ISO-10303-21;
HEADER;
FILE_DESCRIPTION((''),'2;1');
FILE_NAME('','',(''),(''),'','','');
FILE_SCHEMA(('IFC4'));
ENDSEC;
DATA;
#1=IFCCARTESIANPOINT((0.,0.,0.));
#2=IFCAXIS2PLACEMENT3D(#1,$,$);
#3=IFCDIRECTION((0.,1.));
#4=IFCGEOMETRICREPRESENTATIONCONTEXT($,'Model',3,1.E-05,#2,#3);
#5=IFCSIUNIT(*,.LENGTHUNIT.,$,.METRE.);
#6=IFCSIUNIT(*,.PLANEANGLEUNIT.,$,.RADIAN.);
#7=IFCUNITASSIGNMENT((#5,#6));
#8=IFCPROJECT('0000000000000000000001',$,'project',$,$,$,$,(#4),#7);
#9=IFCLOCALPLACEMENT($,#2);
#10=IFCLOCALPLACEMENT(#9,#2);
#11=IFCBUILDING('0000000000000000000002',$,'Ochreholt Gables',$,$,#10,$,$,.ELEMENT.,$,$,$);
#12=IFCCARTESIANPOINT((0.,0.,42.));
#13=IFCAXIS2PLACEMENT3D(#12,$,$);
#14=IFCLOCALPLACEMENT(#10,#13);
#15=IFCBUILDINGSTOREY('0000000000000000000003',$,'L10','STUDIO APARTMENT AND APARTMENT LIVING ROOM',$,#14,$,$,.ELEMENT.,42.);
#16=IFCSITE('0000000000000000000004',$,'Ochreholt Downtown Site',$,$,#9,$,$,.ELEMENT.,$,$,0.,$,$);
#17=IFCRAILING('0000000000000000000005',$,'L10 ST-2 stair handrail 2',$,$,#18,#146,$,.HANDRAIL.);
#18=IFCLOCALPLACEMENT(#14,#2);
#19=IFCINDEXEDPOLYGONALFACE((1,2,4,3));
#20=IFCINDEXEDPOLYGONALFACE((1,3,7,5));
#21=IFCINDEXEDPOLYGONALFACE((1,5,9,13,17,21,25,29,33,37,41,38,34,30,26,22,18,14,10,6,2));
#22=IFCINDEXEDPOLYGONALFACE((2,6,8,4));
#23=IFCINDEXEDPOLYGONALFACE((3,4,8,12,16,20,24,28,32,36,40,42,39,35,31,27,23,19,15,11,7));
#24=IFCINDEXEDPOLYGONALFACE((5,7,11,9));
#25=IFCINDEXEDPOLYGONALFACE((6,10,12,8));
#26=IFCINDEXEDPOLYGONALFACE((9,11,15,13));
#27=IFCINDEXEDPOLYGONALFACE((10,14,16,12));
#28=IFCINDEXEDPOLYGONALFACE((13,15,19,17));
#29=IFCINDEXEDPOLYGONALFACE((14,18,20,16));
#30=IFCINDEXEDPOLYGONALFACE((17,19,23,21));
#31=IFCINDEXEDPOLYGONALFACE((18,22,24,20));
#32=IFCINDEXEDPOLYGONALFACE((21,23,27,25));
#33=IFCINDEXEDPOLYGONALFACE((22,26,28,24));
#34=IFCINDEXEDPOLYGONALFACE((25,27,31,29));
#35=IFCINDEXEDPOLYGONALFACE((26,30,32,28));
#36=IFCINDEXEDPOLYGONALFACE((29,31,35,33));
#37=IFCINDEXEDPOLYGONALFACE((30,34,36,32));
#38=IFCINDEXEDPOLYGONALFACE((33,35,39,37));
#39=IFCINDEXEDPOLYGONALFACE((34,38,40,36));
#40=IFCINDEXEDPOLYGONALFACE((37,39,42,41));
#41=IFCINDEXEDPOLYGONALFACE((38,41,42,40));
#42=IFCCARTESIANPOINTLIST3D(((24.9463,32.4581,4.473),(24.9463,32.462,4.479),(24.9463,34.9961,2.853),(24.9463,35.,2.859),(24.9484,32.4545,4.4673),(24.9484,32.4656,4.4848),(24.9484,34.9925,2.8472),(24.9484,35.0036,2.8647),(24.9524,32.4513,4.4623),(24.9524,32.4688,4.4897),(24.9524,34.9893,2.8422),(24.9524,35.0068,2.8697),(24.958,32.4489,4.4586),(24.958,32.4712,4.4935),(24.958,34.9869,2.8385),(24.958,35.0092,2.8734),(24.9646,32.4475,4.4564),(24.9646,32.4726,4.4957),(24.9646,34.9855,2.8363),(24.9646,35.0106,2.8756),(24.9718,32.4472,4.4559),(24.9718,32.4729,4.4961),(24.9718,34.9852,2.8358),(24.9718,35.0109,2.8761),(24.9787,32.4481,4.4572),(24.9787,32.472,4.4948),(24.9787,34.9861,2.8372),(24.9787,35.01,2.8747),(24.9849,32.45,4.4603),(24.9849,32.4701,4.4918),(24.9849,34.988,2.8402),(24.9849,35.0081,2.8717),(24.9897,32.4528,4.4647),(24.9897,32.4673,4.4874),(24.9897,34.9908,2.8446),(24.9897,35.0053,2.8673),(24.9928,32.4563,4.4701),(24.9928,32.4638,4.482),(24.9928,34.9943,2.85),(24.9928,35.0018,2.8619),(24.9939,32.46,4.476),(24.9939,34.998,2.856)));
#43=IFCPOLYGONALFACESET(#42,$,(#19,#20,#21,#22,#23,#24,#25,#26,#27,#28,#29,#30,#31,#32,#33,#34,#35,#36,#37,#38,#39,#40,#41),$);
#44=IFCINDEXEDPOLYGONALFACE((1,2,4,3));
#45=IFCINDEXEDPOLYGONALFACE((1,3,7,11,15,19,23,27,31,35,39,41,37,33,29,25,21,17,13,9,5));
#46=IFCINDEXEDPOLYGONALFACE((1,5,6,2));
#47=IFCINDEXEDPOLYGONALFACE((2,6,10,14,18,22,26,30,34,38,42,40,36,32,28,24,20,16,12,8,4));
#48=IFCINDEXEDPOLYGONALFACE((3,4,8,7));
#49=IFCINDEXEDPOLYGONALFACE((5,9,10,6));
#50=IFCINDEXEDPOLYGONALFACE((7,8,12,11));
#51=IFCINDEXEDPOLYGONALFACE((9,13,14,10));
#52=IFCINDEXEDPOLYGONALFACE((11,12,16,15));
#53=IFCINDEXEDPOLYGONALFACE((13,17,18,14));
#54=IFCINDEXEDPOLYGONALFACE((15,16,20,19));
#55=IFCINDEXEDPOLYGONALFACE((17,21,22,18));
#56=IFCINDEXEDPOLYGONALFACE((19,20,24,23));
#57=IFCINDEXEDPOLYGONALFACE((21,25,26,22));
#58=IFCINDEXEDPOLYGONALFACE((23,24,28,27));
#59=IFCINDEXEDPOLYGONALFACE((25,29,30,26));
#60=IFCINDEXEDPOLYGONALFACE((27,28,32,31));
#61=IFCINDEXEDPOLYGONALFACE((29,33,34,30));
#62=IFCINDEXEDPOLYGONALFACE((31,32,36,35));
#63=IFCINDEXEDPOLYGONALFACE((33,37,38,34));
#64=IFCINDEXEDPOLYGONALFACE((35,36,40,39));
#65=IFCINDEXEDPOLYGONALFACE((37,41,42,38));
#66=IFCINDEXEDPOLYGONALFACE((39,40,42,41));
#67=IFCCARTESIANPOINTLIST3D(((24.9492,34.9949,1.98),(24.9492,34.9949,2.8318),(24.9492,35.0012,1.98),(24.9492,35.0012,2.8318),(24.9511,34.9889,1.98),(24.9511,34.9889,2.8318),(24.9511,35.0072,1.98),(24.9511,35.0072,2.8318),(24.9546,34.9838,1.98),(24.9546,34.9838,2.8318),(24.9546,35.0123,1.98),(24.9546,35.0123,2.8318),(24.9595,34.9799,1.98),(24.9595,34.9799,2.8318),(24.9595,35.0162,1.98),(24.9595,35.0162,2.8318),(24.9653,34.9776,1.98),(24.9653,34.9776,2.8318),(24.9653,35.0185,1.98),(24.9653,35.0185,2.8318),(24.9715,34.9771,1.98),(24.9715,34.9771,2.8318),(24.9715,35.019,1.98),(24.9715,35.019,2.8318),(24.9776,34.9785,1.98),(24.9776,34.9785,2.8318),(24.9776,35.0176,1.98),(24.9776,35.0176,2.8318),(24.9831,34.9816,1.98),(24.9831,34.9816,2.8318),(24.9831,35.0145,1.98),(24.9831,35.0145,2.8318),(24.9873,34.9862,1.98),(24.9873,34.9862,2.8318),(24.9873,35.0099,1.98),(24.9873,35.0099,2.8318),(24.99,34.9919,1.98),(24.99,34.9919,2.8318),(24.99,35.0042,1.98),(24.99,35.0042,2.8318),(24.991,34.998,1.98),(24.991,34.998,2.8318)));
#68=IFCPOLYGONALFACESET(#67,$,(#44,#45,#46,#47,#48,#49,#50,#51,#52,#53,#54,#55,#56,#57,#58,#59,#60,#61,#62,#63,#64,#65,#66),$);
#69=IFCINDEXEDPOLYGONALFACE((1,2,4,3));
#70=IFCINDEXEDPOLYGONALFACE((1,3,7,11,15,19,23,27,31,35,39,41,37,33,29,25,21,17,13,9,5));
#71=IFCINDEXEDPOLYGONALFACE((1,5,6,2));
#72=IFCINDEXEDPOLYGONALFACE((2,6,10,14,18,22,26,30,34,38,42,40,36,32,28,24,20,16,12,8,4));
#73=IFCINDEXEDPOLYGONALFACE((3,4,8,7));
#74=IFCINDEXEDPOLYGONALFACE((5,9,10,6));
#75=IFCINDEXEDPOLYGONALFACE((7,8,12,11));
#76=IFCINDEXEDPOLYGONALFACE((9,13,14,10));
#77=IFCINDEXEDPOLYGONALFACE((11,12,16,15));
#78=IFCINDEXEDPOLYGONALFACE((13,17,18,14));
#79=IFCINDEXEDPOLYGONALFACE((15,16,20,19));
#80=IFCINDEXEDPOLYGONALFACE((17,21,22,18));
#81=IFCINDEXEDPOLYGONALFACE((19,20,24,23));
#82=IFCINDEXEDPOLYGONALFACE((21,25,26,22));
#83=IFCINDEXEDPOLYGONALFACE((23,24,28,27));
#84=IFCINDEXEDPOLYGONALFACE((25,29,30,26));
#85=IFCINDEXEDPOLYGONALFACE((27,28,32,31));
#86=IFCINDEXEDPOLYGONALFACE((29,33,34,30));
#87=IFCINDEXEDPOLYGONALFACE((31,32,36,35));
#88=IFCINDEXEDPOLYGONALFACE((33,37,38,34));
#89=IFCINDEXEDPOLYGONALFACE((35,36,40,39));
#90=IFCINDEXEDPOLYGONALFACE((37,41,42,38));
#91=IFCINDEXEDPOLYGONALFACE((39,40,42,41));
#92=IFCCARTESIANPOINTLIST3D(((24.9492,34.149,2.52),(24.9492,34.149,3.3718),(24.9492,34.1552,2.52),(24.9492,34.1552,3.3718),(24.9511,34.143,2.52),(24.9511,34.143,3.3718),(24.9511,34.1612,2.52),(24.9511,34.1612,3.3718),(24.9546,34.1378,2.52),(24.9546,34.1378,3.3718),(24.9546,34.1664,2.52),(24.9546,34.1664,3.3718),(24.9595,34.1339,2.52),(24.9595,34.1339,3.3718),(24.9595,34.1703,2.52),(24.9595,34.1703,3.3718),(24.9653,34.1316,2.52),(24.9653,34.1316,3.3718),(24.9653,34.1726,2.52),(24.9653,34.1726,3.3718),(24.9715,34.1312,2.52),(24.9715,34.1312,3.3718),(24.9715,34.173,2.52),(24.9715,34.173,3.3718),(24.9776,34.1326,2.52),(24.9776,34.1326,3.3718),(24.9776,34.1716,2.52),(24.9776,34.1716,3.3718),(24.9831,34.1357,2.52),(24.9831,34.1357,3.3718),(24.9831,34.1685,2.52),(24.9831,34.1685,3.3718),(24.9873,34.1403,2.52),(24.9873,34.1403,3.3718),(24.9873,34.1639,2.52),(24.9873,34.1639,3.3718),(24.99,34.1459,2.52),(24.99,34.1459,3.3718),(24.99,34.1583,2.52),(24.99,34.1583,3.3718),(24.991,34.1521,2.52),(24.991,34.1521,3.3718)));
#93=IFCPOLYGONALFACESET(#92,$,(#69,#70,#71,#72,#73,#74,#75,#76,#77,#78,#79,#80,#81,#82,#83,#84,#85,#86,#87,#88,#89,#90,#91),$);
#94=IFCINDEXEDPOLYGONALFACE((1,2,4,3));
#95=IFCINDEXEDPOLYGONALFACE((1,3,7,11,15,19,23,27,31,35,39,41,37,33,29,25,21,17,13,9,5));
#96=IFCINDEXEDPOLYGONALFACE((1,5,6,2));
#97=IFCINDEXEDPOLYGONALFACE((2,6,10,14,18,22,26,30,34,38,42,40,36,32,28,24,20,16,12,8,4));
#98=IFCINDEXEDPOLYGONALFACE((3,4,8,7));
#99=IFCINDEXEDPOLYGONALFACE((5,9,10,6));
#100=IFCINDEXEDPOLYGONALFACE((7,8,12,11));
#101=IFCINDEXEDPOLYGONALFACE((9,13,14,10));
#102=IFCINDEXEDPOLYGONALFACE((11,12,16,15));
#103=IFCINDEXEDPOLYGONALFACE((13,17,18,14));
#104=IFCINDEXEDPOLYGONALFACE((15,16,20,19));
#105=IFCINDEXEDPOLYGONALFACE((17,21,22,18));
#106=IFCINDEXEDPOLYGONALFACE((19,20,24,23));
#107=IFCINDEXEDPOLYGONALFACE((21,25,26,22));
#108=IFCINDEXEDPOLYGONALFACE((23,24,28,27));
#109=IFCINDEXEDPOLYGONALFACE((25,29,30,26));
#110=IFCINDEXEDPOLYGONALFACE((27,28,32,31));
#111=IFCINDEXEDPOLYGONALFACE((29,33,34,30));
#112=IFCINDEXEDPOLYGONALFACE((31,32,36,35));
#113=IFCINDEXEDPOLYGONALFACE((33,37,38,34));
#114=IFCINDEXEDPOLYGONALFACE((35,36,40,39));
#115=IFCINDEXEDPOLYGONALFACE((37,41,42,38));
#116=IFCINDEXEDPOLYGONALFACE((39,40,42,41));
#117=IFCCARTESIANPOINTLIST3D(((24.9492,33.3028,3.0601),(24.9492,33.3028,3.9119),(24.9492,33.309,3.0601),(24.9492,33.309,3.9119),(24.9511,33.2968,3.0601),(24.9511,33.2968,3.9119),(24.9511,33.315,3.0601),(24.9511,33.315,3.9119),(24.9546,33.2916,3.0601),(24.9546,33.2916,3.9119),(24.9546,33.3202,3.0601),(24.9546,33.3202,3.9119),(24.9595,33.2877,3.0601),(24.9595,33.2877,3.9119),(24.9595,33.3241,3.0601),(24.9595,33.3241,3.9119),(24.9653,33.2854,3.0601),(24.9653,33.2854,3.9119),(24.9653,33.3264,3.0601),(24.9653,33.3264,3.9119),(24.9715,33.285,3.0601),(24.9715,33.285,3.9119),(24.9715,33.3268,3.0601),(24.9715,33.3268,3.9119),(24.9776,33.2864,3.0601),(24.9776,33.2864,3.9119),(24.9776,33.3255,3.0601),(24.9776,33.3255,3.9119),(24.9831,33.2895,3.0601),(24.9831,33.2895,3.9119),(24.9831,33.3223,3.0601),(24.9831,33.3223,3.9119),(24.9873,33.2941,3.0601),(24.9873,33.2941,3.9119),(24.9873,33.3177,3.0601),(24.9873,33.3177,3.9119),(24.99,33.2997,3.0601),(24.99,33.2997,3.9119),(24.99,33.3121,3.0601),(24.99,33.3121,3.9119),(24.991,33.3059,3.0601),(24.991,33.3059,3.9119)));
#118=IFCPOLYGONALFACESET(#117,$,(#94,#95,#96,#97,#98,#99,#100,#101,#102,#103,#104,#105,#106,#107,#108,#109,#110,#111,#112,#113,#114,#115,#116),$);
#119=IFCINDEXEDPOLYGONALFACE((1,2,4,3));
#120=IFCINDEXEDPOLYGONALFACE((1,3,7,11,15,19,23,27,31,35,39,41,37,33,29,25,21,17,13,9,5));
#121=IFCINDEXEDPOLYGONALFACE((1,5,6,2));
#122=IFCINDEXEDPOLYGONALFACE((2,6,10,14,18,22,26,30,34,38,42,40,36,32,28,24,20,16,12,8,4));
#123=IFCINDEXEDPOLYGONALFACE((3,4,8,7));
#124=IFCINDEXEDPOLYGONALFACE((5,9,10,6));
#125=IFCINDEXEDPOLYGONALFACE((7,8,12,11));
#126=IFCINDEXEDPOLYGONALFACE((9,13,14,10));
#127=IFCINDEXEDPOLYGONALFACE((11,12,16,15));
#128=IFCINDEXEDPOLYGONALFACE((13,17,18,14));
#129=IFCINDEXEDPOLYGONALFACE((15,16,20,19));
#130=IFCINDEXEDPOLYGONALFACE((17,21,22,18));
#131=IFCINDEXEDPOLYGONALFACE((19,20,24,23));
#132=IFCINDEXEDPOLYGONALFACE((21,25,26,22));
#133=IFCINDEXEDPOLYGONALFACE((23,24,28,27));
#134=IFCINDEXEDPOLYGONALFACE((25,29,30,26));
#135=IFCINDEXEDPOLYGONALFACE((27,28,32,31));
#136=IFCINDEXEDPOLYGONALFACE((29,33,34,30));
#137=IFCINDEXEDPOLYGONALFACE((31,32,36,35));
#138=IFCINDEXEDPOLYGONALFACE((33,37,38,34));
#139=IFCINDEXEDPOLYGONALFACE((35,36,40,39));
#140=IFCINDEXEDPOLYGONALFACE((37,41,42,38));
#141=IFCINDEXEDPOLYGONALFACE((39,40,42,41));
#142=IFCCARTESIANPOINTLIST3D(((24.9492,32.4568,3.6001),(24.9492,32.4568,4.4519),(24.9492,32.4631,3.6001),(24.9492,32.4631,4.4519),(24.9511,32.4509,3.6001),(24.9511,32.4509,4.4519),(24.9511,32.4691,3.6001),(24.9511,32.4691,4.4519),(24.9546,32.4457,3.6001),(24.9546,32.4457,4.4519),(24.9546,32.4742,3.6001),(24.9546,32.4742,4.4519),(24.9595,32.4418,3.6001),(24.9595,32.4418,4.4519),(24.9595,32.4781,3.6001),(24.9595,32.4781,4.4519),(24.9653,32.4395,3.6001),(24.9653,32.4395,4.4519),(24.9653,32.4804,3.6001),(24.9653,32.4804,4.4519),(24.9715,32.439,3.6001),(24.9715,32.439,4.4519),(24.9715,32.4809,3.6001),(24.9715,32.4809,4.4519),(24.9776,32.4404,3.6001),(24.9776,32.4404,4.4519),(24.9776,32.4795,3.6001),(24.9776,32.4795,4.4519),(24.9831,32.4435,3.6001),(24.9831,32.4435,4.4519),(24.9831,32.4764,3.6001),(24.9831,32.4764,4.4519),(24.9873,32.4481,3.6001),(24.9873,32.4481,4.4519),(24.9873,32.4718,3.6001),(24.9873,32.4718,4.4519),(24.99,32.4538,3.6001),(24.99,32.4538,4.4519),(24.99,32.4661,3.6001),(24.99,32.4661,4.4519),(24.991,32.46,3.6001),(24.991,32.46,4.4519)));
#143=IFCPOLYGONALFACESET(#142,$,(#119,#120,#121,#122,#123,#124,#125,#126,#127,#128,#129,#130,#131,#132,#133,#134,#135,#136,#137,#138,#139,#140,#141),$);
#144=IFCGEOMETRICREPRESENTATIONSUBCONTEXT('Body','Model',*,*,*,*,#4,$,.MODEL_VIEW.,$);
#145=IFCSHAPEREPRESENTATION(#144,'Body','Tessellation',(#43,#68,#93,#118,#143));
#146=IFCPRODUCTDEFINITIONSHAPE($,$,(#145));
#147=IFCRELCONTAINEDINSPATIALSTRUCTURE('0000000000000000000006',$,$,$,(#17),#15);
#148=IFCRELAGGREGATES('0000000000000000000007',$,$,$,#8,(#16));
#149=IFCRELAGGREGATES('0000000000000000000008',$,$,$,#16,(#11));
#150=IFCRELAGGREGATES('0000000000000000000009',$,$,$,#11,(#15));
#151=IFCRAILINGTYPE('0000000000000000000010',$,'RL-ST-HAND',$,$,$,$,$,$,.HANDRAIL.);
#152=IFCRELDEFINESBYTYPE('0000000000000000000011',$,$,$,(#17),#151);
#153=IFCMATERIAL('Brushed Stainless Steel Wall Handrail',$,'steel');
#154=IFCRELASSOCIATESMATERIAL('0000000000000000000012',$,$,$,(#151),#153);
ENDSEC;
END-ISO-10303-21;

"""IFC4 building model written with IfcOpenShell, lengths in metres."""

from ifc_helpers import new_model, si_unit, direction, frame, origin, origin_2d, place, context, subcontext, project, spatial, circle, extrude, material, type_object, element, save


model = new_model("IFC4")

# Units and contexts
model_context = context("Model", 3, precision=1e-05, world=origin(), true_north=direction((0.0, 1.0)))
body_context = subcontext(model_context, "Body", "Model", "MODEL_VIEW")
ifc_project = project(units=[si_unit("LENGTHUNIT", "METRE"), si_unit("PLANEANGLEUNIT", "RADIAN")], contexts=[model_context])

# Site, building, storey
site_placement = place(None, origin())
site = spatial("IfcSite", under=ifc_project, at=site_placement, Name="Ochreholt Downtown Site", CompositionType="ELEMENT", RefElevation=0.0)
building_placement = place(site_placement, origin())
building = spatial("IfcBuilding", under=site, at=building_placement, Name="Ochreholt Gables", CompositionType="ELEMENT")
storey_placement = place(building_placement, frame((0.0, 0.0, 42.0)))
storey = spatial("IfcBuildingStorey", under=building, at=storey_placement, Name="L10", Description="STUDIO APARTMENT AND APARTMENT LIVING ROOM", CompositionType="ELEMENT", Elevation=42.0)

# Railing
ifc_material_1 = material(Name="Brushed Stainless Steel Wall Handrail", Category="steel")
railing_type_1 = type_object("IfcRailingType", Name="RL-ST-HAND", PredefinedType="HANDRAIL", material=ifc_material_1)
railing_1_placement = place(storey_placement, frame((24.97, 34.998, 1.98)))
element("IfcRailing", 1, at=railing_1_placement, inside=storey, type_object=railing_type_1, Name="L10 ST-2 stair handrail 2", PredefinedType="HANDRAIL", context=body_context, shape_type="SweptSolid", body=[
    extrude(circle(Radius=0.0239, at=origin_2d()), frame((0.0, 0.0, 0.876), z_axis=(0.0, -0.842913, 0.53805), x_axis=(1.0, 0.0, 0.0)), (0.0, 0.0, 1.0), 3.011),
    extrude(circle(Radius=0.021, at=origin_2d()), origin(), (0.0, 0.0, 1.0), 0.8518),
    extrude(circle(Radius=0.021, at=origin_2d()), frame((0.0, -0.8459, 0.54)), (0.0, 0.0, 1.0), 0.8518),
    extrude(circle(Radius=0.021, at=origin_2d()), frame((0.0, -1.6921, 1.0801)), (0.0, 0.0, 1.0), 0.8518),
    extrude(circle(Radius=0.021, at=origin_2d()), frame((0.0, -2.5381, 1.6201)), (0.0, 0.0, 1.0), 0.8518),
])

save(model, "model.ifc")
